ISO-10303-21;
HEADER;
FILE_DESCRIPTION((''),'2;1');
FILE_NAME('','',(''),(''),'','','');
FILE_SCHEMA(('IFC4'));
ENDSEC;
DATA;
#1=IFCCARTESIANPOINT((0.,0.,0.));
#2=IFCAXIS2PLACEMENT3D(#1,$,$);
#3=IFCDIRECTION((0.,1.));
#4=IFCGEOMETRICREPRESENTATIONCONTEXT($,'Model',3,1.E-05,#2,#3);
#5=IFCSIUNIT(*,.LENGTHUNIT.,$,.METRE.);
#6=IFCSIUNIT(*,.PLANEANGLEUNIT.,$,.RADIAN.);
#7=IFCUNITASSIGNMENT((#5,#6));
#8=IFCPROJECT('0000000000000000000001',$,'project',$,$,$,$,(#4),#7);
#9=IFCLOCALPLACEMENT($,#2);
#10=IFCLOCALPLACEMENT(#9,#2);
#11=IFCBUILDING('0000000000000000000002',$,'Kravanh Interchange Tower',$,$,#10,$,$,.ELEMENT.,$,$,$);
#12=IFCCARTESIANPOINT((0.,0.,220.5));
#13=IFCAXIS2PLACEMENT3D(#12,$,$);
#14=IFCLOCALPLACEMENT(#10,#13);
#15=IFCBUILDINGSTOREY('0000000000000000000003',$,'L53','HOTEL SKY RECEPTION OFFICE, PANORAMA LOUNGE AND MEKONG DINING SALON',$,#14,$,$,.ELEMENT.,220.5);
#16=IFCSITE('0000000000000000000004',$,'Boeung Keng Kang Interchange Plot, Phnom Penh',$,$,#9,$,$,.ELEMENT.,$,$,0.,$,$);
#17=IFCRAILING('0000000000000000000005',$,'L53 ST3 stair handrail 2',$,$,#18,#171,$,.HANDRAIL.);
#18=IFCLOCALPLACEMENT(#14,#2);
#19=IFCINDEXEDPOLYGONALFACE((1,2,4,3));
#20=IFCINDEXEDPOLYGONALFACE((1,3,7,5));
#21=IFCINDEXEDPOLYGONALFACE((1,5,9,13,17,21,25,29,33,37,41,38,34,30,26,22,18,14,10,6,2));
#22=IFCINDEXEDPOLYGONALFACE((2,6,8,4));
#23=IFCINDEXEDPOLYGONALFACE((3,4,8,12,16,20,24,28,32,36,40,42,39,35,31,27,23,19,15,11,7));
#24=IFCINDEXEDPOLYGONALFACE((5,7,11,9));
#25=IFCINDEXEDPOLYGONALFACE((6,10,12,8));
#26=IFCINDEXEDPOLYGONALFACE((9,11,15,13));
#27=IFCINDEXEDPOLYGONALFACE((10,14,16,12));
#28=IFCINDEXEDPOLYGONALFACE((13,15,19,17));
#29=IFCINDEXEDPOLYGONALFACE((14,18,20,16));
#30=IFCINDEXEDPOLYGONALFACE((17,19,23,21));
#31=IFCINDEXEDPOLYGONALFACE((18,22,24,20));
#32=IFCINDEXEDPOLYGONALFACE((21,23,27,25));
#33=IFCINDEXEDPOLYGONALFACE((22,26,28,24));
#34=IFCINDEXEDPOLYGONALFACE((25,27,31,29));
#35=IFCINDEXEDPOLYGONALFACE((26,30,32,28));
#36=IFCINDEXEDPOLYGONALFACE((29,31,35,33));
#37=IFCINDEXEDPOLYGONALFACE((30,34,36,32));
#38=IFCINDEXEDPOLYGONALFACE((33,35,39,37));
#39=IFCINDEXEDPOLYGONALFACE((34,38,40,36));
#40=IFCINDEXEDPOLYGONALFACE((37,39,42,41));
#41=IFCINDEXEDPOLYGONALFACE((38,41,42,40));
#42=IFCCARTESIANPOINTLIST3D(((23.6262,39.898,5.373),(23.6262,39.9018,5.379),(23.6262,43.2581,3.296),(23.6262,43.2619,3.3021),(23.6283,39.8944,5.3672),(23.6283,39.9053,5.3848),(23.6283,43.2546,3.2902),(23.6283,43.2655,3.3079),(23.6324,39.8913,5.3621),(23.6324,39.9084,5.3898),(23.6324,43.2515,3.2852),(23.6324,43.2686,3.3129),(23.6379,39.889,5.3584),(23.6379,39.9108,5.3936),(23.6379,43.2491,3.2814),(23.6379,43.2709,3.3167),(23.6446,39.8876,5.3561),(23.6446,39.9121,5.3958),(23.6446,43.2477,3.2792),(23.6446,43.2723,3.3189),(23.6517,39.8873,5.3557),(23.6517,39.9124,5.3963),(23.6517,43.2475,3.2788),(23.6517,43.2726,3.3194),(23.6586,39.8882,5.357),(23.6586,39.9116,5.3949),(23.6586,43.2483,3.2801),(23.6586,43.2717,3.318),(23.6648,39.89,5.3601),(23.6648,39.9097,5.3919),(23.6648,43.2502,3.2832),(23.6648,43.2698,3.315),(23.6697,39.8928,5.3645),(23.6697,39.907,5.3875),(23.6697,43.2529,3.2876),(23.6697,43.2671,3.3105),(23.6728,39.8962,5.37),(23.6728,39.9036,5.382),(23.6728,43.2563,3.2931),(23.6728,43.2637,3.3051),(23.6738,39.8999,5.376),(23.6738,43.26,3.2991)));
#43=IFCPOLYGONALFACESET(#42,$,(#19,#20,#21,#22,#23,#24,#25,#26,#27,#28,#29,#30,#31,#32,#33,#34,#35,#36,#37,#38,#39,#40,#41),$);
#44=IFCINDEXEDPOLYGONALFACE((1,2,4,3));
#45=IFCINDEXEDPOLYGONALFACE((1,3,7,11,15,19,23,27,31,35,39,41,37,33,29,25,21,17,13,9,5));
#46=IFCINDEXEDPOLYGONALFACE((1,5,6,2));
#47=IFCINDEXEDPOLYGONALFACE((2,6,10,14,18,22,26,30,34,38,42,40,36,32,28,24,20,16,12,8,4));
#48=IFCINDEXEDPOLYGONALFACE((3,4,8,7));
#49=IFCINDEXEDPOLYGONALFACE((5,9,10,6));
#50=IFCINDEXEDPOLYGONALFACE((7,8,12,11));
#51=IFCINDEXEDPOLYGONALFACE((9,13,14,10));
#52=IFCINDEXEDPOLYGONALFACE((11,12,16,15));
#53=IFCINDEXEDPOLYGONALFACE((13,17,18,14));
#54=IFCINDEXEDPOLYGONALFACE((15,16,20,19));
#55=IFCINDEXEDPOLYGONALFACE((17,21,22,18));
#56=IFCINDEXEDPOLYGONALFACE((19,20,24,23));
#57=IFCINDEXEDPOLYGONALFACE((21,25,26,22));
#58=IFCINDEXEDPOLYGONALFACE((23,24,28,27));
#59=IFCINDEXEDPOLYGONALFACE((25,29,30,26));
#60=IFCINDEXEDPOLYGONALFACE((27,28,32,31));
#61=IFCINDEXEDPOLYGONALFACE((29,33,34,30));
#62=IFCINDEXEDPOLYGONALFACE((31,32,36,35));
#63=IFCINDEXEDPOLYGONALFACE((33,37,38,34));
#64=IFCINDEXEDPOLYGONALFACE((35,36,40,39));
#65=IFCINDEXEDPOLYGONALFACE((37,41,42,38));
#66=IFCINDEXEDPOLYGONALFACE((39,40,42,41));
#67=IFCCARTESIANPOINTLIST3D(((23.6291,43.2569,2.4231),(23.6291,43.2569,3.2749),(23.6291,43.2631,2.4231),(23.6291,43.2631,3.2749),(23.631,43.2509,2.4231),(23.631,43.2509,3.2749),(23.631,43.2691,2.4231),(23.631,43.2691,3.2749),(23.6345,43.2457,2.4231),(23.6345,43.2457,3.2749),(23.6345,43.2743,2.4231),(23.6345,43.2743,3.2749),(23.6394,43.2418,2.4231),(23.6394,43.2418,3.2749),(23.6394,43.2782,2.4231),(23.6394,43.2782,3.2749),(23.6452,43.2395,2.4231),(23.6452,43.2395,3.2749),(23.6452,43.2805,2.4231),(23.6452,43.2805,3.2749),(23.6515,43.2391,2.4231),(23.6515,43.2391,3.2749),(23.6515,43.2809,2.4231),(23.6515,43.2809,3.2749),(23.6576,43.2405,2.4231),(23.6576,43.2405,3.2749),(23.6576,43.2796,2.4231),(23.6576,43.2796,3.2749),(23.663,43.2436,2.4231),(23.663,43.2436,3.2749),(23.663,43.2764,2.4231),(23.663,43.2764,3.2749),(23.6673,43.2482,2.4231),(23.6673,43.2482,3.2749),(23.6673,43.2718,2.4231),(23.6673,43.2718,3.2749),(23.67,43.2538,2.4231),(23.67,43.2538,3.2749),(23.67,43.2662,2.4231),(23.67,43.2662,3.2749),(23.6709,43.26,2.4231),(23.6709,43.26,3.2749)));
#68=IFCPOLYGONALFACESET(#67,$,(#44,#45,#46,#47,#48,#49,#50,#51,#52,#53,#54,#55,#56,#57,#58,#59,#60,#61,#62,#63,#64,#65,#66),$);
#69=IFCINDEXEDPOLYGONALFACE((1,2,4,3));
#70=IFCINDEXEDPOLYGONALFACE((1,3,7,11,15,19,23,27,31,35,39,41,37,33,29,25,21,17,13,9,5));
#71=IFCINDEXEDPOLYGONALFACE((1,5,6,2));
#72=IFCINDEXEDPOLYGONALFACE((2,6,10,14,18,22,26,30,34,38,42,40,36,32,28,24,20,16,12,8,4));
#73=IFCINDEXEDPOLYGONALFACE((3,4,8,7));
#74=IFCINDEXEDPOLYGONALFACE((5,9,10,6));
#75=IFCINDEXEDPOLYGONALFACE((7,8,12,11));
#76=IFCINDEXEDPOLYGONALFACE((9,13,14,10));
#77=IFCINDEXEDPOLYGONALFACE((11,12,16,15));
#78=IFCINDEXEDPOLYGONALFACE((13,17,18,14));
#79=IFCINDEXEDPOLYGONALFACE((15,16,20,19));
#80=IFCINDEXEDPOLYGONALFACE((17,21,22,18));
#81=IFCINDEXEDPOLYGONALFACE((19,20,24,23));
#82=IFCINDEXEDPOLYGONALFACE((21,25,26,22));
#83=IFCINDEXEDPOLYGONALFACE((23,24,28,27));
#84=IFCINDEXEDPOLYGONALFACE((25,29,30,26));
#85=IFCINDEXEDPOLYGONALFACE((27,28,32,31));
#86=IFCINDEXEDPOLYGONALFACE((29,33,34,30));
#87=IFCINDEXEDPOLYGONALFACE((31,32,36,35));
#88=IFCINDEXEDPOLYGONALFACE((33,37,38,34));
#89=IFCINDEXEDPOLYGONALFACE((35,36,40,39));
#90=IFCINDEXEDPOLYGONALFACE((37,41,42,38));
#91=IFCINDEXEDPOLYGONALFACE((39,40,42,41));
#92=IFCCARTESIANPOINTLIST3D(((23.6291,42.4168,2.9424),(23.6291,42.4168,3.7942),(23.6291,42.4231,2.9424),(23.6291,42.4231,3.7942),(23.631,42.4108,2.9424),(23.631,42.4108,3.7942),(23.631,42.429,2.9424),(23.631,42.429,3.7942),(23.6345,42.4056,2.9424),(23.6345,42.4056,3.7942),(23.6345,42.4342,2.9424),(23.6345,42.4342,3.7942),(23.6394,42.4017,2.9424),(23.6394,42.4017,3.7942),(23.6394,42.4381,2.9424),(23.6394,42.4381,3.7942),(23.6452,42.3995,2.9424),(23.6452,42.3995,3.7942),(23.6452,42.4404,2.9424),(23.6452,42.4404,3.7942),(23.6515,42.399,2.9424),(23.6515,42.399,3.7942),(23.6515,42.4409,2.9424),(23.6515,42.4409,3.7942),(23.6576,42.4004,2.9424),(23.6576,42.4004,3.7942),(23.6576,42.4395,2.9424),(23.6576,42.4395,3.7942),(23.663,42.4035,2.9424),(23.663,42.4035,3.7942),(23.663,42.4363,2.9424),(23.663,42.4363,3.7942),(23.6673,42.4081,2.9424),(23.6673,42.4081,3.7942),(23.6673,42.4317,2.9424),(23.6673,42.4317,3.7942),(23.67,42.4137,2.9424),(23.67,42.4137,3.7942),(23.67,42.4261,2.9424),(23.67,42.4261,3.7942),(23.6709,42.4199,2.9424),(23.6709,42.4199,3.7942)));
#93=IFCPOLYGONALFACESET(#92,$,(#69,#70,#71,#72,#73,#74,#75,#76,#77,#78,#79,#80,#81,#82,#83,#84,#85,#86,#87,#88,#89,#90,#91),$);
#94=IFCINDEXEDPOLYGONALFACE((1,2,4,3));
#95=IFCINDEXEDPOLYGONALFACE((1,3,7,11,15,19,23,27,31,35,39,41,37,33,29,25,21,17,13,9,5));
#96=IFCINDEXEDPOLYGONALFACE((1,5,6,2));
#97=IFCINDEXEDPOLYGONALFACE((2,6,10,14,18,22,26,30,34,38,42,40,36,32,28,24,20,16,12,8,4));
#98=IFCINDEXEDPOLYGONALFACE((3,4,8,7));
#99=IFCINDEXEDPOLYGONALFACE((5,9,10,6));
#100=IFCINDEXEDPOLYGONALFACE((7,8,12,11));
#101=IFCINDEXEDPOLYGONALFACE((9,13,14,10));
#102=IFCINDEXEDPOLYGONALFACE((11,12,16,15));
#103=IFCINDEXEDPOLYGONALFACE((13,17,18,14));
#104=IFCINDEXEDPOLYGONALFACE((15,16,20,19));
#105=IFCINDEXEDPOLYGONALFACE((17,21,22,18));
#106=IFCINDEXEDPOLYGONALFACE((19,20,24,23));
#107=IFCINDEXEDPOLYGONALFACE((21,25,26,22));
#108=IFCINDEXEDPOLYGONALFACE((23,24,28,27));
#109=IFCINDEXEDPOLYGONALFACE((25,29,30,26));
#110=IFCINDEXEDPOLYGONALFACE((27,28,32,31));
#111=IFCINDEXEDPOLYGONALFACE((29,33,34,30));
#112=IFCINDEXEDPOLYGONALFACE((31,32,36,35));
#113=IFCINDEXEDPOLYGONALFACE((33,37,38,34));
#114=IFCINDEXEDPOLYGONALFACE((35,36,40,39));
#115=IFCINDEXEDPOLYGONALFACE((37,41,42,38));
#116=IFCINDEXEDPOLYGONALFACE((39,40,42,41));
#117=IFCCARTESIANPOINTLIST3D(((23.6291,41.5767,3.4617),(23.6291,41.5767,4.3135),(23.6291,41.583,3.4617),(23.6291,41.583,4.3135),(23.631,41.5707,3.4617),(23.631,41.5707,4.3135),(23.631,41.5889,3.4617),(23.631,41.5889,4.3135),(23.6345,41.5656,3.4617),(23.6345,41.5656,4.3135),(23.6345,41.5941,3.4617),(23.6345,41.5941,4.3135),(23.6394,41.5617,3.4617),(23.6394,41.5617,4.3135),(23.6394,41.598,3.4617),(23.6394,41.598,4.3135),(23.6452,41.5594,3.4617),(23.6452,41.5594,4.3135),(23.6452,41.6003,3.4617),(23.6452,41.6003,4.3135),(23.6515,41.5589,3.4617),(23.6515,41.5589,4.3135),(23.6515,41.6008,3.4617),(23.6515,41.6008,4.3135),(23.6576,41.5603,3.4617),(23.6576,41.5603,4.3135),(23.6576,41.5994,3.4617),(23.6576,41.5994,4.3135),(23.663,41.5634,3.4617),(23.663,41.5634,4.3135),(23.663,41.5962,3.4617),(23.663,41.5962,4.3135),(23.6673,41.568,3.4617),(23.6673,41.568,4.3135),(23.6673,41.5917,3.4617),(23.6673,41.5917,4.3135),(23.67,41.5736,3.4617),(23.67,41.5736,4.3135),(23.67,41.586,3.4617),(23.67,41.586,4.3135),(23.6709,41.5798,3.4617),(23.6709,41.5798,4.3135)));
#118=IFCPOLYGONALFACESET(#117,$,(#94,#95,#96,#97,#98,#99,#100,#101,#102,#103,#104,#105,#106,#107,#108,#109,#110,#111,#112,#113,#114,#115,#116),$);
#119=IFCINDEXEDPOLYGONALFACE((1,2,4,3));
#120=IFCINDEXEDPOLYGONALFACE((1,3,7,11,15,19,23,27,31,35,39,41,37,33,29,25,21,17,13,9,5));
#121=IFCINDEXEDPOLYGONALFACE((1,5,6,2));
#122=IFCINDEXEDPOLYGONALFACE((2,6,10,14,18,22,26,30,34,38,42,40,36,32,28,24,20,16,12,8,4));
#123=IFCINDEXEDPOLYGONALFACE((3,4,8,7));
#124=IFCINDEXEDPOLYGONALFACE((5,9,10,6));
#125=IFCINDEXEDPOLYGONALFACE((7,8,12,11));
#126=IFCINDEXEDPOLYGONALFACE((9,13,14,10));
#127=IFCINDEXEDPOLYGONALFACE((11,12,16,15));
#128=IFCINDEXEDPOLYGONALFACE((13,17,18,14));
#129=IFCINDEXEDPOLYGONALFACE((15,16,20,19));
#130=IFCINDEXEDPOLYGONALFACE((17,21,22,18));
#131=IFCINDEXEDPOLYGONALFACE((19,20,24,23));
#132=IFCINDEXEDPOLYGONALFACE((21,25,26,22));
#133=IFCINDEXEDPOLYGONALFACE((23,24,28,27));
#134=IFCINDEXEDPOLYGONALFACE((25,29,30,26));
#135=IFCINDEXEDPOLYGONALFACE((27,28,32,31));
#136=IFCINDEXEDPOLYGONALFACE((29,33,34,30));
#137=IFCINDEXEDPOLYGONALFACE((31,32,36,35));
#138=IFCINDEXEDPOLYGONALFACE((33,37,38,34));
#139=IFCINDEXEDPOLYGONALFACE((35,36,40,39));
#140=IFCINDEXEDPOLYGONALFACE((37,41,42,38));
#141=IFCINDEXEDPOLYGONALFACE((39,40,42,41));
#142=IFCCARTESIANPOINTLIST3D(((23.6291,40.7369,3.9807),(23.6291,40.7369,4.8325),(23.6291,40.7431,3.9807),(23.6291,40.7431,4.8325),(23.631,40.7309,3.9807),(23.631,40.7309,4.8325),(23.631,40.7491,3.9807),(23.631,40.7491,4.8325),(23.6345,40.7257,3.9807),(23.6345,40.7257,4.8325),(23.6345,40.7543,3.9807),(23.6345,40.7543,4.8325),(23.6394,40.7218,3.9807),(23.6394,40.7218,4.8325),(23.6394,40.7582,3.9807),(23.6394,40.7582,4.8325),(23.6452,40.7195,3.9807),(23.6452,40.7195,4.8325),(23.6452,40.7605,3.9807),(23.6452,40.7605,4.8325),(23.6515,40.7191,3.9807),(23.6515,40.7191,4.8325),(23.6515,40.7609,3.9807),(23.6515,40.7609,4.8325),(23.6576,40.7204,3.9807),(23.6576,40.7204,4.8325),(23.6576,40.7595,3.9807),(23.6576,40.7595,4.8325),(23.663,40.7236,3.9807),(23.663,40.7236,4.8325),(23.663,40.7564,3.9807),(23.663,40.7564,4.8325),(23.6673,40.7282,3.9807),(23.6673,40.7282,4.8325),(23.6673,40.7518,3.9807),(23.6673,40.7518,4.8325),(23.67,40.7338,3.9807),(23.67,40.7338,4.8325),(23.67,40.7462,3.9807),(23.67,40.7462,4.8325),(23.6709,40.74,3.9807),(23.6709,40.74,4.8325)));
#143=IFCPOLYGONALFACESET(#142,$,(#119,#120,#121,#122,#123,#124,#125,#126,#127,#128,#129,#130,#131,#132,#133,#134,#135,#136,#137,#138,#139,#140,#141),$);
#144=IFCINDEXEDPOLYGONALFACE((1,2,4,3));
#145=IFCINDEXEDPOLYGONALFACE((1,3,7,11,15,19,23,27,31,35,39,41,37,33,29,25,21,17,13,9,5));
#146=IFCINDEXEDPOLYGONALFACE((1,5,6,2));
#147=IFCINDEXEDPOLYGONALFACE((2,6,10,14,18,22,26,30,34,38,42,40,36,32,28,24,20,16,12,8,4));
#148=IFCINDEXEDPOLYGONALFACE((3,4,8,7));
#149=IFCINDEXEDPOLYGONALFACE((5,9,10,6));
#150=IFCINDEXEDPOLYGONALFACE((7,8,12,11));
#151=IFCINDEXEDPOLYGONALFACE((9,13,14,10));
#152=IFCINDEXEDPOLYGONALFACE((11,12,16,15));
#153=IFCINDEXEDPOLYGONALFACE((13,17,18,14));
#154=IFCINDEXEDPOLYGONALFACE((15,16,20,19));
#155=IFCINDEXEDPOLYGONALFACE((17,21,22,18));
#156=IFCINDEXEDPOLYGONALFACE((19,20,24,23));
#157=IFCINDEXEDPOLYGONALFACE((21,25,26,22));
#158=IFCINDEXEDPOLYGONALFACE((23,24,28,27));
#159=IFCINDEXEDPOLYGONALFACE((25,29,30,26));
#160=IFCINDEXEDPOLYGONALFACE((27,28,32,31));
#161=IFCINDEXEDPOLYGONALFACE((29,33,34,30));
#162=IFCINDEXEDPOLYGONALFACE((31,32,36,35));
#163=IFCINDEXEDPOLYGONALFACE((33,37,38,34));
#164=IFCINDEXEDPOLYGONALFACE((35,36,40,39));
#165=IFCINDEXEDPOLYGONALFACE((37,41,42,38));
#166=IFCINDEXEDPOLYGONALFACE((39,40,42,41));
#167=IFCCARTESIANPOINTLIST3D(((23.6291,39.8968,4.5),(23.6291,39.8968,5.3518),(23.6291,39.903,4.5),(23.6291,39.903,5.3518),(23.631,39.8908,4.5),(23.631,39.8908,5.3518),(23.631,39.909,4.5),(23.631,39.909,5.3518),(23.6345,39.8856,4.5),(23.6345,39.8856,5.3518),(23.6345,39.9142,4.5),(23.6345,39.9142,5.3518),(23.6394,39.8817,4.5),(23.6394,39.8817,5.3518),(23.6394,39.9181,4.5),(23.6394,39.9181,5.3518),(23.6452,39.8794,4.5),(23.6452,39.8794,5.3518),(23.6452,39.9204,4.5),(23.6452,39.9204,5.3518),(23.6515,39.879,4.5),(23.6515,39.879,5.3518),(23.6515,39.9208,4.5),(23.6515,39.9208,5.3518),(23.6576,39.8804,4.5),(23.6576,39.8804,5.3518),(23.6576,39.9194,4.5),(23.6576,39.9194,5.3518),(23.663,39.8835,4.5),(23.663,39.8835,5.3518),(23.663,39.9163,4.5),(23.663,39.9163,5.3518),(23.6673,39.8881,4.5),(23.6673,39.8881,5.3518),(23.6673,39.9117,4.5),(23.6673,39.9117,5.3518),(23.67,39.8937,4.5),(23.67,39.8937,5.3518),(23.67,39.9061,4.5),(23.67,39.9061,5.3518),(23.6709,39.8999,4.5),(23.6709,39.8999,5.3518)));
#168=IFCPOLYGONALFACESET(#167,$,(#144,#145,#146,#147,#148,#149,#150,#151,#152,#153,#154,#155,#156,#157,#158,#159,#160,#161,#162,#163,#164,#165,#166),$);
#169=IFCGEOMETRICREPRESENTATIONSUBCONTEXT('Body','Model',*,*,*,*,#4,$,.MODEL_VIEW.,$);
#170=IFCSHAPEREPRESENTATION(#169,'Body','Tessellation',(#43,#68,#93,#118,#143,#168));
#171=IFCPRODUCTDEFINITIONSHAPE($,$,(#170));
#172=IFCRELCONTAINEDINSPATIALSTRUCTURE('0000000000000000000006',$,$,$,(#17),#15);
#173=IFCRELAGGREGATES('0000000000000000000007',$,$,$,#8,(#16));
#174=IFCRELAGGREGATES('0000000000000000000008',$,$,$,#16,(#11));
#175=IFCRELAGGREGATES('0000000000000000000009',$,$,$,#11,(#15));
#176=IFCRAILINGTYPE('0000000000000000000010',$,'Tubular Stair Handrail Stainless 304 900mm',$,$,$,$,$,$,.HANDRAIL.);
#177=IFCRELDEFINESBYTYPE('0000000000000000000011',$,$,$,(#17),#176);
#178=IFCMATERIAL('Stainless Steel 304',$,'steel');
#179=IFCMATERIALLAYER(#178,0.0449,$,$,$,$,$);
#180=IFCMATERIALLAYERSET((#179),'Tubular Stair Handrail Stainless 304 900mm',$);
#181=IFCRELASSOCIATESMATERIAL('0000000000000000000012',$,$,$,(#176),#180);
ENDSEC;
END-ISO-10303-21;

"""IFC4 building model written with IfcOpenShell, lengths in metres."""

from ifc_helpers import new_model, si_unit, direction, frame, origin, origin_2d, place, context, subcontext, project, spatial, circle, extrude, material, layer, layer_set, type_object, element, save


model = new_model("IFC4")

# Units and contexts
model_context = context("Model", 3, precision=1e-05, world=origin(), true_north=direction((0.0, 1.0)))
body_context = subcontext(model_context, "Body", "Model", "MODEL_VIEW")
ifc_project = project(units=[si_unit("LENGTHUNIT", "METRE"), si_unit("PLANEANGLEUNIT", "RADIAN")], contexts=[model_context])

# Site, building, storey
site_placement = place(None, origin())
site = spatial("IfcSite", under=ifc_project, at=site_placement, Name="Boeung Keng Kang Interchange Plot, Phnom Penh", CompositionType="ELEMENT", RefElevation=0.0)
building_placement = place(site_placement, origin())
building = spatial("IfcBuilding", under=site, at=building_placement, Name="Kravanh Interchange Tower", CompositionType="ELEMENT")
storey_placement = place(building_placement, frame((0.0, 0.0, 220.5)))
storey = spatial("IfcBuildingStorey", under=building, at=storey_placement, Name="L53", Description="HOTEL SKY RECEPTION OFFICE, PANORAMA LOUNGE AND MEKONG DINING SALON", CompositionType="ELEMENT", Elevation=220.5)

# Railing
ifc_material_1 = material(Name="Stainless Steel 304", Category="steel")
ifc_layer_1 = layer(ifc_material_1, 0.0449)
ifc_layer_set_1 = layer_set([ifc_layer_1], Name="Tubular Stair Handrail Stainless 304 900mm")
railing_type_1 = type_object("IfcRailingType", Name="Tubular Stair Handrail Stainless 304 900mm", PredefinedType="HANDRAIL", material=ifc_layer_set_1)
railing_1_placement = place(storey_placement, frame((23.6499, 43.26, 2.4231)))
element("IfcRailing", 1, at=railing_1_placement, inside=storey, type_object=railing_type_1, Name="L53 ST3 stair handrail 2", PredefinedType="HANDRAIL", context=body_context, shape_type="SweptSolid", body=[
    extrude(circle(Radius=0.0239, at=origin_2d()), frame((0.0, 0.0, 0.876), z_axis=(0.0, -0.850623, 0.525776), x_axis=(1.0, 0.0, 0.0)), (0.0, 0.0, 1.0), 3.9502),
    extrude(circle(Radius=0.021, at=origin_2d()), origin(), (0.0, 0.0, 1.0), 0.8518),
    extrude(circle(Radius=0.021, at=origin_2d()), frame((0.0, -0.8401, 0.5193)), (0.0, 0.0, 1.0), 0.8518),
    extrude(circle(Radius=0.021, at=origin_2d()), frame((0.0, -1.6802, 1.0386)), (0.0, 0.0, 1.0), 0.8518),
    extrude(circle(Radius=0.021, at=origin_2d()), frame((0.0, -2.52, 1.5576)), (0.0, 0.0, 1.0), 0.8518),
    extrude(circle(Radius=0.021, at=origin_2d()), frame((0.0, -3.3601, 2.0769)), (0.0, 0.0, 1.0), 0.8518),
])

save(model, "model.ifc")
